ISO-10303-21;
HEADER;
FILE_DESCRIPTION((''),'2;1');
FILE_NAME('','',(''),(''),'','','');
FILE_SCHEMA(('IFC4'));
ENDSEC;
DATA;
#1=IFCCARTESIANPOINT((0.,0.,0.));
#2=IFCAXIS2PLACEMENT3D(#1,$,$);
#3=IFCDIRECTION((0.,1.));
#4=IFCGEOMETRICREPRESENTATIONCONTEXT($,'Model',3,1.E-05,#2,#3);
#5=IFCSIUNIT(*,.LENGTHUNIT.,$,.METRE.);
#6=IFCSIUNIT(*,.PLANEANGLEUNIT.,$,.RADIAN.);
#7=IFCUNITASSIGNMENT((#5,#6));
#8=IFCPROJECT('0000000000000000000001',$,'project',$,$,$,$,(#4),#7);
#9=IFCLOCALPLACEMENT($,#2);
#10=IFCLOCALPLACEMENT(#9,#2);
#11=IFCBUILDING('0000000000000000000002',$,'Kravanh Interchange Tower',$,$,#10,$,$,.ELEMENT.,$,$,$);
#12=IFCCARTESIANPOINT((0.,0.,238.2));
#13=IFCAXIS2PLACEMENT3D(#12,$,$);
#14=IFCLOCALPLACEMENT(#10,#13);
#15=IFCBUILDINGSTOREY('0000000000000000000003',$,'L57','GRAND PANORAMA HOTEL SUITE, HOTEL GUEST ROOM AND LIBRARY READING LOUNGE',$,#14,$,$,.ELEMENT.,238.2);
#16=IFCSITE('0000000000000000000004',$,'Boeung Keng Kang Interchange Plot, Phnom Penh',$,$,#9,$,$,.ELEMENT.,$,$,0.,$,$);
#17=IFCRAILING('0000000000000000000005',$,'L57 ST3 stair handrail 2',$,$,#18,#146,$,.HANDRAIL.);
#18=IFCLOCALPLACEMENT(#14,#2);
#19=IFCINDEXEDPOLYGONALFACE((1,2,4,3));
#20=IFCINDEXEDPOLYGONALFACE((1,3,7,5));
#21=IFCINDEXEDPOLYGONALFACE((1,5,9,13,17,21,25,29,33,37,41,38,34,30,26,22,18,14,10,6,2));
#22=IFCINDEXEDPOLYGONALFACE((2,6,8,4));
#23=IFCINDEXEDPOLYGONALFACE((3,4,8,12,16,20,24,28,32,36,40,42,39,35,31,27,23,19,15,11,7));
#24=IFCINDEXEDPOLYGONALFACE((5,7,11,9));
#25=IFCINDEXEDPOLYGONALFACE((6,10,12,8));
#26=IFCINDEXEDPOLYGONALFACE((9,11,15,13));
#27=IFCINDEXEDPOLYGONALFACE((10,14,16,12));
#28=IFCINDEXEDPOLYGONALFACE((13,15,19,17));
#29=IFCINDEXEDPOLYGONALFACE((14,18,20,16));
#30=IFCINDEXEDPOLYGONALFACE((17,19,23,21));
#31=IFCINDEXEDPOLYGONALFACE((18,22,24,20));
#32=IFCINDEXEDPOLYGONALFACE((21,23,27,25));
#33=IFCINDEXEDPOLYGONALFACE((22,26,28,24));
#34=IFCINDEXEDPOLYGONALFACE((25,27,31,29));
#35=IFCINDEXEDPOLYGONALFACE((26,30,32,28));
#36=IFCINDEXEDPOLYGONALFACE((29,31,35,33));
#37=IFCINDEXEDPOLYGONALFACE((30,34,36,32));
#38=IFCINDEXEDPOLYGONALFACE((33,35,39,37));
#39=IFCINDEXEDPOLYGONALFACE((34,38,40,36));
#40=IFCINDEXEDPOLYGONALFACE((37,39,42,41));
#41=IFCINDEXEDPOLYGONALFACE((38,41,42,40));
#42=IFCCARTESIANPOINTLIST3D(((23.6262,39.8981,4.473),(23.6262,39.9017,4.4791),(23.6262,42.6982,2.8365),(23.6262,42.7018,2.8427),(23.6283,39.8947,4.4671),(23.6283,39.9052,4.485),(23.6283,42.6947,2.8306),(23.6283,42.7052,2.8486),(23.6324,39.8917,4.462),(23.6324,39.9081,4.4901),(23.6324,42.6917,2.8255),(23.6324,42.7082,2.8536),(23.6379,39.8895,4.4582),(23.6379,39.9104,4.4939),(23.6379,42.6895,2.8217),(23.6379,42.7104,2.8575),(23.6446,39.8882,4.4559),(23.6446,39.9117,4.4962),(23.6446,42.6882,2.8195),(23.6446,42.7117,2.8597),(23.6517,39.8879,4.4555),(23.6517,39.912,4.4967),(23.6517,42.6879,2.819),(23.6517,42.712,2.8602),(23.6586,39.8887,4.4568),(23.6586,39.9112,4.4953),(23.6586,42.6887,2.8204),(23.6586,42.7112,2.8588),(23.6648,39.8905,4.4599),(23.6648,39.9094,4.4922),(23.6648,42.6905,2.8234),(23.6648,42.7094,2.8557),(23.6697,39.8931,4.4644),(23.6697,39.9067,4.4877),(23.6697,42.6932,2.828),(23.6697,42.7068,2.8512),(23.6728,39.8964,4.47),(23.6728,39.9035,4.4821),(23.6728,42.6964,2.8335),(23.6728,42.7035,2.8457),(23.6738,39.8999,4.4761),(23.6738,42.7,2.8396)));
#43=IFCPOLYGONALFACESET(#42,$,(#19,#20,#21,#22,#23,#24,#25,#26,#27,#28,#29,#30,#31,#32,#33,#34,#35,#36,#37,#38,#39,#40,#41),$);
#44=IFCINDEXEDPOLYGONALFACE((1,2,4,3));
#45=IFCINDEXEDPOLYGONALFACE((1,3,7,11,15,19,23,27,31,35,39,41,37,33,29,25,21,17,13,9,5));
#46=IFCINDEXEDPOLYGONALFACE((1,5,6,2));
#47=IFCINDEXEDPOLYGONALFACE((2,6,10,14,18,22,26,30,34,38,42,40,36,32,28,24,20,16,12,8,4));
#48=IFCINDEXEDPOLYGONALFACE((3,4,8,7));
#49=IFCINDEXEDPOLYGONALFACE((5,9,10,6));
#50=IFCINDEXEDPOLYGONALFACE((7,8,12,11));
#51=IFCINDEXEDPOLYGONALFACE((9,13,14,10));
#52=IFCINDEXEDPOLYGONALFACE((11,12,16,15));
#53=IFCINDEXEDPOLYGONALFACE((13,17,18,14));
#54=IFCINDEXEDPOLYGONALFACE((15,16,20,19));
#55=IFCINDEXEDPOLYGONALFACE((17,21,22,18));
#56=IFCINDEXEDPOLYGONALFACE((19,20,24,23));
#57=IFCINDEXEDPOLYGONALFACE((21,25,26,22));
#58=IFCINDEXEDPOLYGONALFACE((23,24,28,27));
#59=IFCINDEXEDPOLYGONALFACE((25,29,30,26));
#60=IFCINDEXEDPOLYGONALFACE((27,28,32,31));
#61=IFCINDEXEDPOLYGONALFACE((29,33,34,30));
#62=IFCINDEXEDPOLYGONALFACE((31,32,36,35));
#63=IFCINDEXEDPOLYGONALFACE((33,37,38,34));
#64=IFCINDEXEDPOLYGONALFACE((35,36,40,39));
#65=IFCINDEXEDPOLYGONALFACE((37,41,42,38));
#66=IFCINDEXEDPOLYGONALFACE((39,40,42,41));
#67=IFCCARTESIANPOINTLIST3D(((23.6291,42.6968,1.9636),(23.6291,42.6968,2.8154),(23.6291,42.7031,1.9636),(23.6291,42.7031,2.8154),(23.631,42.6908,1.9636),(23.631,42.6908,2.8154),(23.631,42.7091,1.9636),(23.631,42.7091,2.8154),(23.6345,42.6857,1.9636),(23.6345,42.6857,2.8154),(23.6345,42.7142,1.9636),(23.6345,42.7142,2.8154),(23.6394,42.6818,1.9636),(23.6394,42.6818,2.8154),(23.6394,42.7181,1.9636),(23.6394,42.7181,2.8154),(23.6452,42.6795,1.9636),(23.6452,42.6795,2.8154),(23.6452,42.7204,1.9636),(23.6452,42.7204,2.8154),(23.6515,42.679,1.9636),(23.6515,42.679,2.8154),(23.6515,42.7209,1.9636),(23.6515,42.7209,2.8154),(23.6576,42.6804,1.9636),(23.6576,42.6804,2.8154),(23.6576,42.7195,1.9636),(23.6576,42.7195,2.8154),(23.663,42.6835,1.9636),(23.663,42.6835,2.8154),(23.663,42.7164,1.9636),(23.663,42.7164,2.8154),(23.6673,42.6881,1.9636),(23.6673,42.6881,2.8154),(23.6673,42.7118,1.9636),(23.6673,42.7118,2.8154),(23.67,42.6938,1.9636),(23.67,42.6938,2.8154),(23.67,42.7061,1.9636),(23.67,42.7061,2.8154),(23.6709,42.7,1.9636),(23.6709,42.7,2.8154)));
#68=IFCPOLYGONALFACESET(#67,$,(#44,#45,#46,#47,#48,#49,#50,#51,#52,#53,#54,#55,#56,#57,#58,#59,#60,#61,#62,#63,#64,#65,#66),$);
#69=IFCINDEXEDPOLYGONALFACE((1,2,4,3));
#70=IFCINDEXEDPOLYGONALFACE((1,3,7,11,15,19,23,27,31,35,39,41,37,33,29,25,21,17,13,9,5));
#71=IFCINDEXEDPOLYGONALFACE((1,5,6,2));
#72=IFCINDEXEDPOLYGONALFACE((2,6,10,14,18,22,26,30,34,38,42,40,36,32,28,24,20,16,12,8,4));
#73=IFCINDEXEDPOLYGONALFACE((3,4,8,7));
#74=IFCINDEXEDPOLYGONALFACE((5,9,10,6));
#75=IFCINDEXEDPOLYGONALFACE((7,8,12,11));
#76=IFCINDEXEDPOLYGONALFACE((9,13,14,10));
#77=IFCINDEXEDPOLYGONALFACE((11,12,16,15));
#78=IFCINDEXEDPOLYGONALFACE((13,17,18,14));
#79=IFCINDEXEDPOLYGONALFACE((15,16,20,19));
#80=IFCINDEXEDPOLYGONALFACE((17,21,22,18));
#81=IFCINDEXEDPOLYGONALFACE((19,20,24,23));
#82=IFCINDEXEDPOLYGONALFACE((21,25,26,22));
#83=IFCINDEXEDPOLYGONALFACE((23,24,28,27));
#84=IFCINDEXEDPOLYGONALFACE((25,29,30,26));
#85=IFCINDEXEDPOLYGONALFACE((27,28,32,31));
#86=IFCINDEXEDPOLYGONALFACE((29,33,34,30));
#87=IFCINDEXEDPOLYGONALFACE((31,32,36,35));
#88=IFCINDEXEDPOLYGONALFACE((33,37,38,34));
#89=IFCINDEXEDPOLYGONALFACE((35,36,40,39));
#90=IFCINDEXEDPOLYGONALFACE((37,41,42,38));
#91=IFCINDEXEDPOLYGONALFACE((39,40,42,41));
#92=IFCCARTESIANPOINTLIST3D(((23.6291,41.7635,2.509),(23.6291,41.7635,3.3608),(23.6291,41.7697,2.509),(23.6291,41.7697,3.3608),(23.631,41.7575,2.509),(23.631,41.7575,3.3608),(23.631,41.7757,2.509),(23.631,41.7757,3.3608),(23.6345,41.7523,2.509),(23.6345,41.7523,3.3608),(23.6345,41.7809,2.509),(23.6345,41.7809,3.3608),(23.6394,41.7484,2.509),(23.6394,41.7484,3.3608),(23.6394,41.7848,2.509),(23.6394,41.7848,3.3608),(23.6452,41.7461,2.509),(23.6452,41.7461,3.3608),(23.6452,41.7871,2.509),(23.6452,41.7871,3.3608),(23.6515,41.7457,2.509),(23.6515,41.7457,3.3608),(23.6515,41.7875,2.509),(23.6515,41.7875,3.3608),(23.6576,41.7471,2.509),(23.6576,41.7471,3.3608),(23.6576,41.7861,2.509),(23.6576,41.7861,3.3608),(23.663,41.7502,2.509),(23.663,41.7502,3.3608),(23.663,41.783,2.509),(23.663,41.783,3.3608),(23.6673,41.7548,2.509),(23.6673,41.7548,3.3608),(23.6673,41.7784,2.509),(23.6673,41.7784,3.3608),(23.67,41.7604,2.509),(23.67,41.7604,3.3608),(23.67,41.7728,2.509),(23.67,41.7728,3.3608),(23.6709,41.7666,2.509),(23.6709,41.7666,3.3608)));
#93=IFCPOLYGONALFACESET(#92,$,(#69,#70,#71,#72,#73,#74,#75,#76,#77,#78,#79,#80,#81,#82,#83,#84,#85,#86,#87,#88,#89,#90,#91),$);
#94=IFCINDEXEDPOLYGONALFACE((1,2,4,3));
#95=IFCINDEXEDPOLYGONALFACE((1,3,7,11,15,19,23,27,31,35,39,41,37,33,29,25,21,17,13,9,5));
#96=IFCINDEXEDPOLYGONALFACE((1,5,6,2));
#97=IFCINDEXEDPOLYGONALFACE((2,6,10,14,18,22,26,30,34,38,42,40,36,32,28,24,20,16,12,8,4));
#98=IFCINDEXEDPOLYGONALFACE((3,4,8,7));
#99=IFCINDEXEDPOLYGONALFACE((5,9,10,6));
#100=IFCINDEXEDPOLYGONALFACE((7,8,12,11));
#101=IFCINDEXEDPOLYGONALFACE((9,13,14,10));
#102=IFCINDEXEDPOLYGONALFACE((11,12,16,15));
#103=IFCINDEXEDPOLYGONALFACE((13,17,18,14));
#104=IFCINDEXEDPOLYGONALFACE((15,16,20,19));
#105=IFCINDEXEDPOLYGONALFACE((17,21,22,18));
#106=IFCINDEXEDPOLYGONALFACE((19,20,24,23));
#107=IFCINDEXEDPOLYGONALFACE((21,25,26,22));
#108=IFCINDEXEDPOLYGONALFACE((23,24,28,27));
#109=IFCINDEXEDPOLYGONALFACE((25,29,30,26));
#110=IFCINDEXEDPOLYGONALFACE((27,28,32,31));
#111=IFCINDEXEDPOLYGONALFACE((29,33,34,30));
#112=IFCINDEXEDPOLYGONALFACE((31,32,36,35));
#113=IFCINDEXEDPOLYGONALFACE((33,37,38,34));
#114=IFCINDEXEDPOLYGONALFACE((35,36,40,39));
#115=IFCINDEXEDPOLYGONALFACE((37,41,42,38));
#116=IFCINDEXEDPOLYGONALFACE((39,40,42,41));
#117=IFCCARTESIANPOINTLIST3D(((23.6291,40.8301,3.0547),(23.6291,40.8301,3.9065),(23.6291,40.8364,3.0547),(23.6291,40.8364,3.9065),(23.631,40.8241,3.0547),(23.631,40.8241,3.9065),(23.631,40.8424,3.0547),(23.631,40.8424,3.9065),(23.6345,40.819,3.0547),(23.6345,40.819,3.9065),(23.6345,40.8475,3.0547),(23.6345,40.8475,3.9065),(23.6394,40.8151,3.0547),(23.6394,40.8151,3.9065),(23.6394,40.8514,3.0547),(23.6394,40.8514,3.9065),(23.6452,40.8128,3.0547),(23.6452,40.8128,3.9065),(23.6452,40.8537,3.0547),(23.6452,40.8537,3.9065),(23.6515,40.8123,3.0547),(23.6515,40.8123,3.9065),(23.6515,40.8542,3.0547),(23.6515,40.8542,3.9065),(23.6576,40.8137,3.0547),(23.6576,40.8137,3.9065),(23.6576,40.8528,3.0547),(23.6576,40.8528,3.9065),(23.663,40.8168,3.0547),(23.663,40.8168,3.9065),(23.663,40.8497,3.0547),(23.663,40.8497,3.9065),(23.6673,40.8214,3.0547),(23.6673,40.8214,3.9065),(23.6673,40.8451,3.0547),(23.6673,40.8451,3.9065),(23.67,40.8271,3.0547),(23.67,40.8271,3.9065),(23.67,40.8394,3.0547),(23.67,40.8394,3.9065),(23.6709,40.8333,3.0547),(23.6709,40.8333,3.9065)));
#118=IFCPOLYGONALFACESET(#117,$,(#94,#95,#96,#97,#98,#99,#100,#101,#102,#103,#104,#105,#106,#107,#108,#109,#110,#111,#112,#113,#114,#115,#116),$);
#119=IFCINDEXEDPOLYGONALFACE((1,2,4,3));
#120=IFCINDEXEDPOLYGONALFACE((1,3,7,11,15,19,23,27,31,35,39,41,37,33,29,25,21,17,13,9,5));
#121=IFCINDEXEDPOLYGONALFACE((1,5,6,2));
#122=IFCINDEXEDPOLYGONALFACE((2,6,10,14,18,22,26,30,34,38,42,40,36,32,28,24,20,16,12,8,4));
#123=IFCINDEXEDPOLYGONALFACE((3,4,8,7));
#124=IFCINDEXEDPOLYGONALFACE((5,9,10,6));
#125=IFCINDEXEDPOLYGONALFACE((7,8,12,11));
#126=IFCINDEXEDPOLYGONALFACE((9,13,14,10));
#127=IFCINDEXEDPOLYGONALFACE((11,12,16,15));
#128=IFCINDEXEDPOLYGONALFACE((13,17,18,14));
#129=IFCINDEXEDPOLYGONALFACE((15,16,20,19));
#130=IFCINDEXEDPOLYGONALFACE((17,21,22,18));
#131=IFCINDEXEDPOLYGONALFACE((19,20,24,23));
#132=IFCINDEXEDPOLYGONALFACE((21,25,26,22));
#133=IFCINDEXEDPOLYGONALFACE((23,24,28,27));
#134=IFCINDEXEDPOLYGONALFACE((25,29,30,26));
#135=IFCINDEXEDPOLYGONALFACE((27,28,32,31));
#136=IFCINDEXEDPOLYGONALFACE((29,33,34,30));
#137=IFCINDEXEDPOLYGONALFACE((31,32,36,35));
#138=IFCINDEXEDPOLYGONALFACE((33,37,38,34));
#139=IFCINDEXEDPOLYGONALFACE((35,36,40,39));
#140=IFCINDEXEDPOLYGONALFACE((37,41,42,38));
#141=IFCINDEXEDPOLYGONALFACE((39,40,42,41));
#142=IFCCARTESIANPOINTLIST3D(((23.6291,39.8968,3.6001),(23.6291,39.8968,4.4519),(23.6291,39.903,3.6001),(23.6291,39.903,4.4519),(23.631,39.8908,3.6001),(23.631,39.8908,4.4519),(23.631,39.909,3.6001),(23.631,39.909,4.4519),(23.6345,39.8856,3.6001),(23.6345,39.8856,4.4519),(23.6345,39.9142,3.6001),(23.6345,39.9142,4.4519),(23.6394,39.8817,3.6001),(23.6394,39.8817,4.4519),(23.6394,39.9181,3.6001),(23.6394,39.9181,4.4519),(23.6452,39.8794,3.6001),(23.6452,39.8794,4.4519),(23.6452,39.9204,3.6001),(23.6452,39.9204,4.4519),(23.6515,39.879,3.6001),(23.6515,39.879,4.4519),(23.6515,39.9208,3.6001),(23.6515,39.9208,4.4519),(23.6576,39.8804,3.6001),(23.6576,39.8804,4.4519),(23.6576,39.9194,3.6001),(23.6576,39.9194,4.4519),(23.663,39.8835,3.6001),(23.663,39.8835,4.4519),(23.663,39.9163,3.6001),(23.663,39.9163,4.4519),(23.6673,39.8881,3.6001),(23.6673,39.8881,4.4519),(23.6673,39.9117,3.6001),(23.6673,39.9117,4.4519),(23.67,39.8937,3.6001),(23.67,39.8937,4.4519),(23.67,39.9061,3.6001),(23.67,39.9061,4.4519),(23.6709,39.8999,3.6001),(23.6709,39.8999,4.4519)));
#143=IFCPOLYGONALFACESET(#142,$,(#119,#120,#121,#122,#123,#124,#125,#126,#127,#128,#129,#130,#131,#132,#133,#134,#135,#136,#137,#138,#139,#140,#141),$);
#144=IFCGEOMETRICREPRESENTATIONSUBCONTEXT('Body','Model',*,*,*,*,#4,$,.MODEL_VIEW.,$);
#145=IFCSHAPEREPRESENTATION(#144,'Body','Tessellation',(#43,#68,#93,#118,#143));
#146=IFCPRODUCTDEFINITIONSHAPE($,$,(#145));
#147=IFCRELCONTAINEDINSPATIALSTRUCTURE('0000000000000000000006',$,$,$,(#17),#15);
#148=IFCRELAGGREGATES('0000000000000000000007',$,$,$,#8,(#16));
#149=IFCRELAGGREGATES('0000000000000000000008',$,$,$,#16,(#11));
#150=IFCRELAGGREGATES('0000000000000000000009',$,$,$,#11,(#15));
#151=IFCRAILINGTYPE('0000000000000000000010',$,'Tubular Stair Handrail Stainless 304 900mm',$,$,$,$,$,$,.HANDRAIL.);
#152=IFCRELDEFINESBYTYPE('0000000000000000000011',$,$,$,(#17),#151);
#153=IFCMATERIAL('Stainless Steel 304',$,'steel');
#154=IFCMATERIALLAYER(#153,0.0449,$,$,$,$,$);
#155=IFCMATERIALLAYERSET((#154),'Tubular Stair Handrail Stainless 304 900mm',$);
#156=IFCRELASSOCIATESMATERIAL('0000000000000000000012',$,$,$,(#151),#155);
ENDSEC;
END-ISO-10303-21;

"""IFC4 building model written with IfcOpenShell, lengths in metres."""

from ifc_helpers import new_model, si_unit, direction, frame, origin, origin_2d, place, context, subcontext, project, spatial, circle, extrude, material, layer, layer_set, type_object, element, save


model = new_model("IFC4")

# Units and contexts
model_context = context("Model", 3, precision=1e-05, world=origin(), true_north=direction((0.0, 1.0)))
body_context = subcontext(model_context, "Body", "Model", "MODEL_VIEW")
ifc_project = project(units=[si_unit("LENGTHUNIT", "METRE"), si_unit("PLANEANGLEUNIT", "RADIAN")], contexts=[model_context])

# Site, building, storey
site_placement = place(None, origin())
site = spatial("IfcSite", under=ifc_project, at=site_placement, Name="Boeung Keng Kang Interchange Plot, Phnom Penh", CompositionType="ELEMENT", RefElevation=0.0)
building_placement = place(site_placement, origin())
building = spatial("IfcBuilding", under=site, at=building_placement, Name="Kravanh Interchange Tower", CompositionType="ELEMENT")
storey_placement = place(building_placement, frame((0.0, 0.0, 238.2)))
storey = spatial("IfcBuildingStorey", under=building, at=storey_placement, Name="L57", Description="GRAND PANORAMA HOTEL SUITE, HOTEL GUEST ROOM AND LIBRARY READING LOUNGE", CompositionType="ELEMENT", Elevation=238.2)

# Railing
ifc_material_1 = material(Name="Stainless Steel 304", Category="steel")
ifc_layer_1 = layer(ifc_material_1, 0.0449)
ifc_layer_set_1 = layer_set([ifc_layer_1], Name="Tubular Stair Handrail Stainless 304 900mm")
railing_type_1 = type_object("IfcRailingType", Name="Tubular Stair Handrail Stainless 304 900mm", PredefinedType="HANDRAIL", material=ifc_layer_set_1)
railing_1_placement = place(storey_placement, frame((23.6499, 42.7, 1.9636)))
element("IfcRailing", 1, at=railing_1_placement, inside=storey, type_object=railing_type_1, Name="L57 ST3 stair handrail 2", PredefinedType="HANDRAIL", context=body_context, shape_type="SweptSolid", body=[
    extrude(circle(Radius=0.0239, at=origin_2d()), frame((0.0, 0.0, 0.876), z_axis=(0.0, -0.863361, 0.504587), x_axis=(1.0, 0.0, 0.0)), (0.0, 0.0, 1.0), 3.2432),
    extrude(circle(Radius=0.021, at=origin_2d()), origin(), (0.0, 0.0, 1.0), 0.8518),
    extrude(circle(Radius=0.021, at=origin_2d()), frame((0.0, -0.9333, 0.5454)), (0.0, 0.0, 1.0), 0.8518),
    extrude(circle(Radius=0.021, at=origin_2d()), frame((0.0, -1.8667, 1.0911)), (0.0, 0.0, 1.0), 0.8518),
    extrude(circle(Radius=0.021, at=origin_2d()), frame((0.0, -2.8, 1.6365)), (0.0, 0.0, 1.0), 0.8518),
])

save(model, "model.ifc")
